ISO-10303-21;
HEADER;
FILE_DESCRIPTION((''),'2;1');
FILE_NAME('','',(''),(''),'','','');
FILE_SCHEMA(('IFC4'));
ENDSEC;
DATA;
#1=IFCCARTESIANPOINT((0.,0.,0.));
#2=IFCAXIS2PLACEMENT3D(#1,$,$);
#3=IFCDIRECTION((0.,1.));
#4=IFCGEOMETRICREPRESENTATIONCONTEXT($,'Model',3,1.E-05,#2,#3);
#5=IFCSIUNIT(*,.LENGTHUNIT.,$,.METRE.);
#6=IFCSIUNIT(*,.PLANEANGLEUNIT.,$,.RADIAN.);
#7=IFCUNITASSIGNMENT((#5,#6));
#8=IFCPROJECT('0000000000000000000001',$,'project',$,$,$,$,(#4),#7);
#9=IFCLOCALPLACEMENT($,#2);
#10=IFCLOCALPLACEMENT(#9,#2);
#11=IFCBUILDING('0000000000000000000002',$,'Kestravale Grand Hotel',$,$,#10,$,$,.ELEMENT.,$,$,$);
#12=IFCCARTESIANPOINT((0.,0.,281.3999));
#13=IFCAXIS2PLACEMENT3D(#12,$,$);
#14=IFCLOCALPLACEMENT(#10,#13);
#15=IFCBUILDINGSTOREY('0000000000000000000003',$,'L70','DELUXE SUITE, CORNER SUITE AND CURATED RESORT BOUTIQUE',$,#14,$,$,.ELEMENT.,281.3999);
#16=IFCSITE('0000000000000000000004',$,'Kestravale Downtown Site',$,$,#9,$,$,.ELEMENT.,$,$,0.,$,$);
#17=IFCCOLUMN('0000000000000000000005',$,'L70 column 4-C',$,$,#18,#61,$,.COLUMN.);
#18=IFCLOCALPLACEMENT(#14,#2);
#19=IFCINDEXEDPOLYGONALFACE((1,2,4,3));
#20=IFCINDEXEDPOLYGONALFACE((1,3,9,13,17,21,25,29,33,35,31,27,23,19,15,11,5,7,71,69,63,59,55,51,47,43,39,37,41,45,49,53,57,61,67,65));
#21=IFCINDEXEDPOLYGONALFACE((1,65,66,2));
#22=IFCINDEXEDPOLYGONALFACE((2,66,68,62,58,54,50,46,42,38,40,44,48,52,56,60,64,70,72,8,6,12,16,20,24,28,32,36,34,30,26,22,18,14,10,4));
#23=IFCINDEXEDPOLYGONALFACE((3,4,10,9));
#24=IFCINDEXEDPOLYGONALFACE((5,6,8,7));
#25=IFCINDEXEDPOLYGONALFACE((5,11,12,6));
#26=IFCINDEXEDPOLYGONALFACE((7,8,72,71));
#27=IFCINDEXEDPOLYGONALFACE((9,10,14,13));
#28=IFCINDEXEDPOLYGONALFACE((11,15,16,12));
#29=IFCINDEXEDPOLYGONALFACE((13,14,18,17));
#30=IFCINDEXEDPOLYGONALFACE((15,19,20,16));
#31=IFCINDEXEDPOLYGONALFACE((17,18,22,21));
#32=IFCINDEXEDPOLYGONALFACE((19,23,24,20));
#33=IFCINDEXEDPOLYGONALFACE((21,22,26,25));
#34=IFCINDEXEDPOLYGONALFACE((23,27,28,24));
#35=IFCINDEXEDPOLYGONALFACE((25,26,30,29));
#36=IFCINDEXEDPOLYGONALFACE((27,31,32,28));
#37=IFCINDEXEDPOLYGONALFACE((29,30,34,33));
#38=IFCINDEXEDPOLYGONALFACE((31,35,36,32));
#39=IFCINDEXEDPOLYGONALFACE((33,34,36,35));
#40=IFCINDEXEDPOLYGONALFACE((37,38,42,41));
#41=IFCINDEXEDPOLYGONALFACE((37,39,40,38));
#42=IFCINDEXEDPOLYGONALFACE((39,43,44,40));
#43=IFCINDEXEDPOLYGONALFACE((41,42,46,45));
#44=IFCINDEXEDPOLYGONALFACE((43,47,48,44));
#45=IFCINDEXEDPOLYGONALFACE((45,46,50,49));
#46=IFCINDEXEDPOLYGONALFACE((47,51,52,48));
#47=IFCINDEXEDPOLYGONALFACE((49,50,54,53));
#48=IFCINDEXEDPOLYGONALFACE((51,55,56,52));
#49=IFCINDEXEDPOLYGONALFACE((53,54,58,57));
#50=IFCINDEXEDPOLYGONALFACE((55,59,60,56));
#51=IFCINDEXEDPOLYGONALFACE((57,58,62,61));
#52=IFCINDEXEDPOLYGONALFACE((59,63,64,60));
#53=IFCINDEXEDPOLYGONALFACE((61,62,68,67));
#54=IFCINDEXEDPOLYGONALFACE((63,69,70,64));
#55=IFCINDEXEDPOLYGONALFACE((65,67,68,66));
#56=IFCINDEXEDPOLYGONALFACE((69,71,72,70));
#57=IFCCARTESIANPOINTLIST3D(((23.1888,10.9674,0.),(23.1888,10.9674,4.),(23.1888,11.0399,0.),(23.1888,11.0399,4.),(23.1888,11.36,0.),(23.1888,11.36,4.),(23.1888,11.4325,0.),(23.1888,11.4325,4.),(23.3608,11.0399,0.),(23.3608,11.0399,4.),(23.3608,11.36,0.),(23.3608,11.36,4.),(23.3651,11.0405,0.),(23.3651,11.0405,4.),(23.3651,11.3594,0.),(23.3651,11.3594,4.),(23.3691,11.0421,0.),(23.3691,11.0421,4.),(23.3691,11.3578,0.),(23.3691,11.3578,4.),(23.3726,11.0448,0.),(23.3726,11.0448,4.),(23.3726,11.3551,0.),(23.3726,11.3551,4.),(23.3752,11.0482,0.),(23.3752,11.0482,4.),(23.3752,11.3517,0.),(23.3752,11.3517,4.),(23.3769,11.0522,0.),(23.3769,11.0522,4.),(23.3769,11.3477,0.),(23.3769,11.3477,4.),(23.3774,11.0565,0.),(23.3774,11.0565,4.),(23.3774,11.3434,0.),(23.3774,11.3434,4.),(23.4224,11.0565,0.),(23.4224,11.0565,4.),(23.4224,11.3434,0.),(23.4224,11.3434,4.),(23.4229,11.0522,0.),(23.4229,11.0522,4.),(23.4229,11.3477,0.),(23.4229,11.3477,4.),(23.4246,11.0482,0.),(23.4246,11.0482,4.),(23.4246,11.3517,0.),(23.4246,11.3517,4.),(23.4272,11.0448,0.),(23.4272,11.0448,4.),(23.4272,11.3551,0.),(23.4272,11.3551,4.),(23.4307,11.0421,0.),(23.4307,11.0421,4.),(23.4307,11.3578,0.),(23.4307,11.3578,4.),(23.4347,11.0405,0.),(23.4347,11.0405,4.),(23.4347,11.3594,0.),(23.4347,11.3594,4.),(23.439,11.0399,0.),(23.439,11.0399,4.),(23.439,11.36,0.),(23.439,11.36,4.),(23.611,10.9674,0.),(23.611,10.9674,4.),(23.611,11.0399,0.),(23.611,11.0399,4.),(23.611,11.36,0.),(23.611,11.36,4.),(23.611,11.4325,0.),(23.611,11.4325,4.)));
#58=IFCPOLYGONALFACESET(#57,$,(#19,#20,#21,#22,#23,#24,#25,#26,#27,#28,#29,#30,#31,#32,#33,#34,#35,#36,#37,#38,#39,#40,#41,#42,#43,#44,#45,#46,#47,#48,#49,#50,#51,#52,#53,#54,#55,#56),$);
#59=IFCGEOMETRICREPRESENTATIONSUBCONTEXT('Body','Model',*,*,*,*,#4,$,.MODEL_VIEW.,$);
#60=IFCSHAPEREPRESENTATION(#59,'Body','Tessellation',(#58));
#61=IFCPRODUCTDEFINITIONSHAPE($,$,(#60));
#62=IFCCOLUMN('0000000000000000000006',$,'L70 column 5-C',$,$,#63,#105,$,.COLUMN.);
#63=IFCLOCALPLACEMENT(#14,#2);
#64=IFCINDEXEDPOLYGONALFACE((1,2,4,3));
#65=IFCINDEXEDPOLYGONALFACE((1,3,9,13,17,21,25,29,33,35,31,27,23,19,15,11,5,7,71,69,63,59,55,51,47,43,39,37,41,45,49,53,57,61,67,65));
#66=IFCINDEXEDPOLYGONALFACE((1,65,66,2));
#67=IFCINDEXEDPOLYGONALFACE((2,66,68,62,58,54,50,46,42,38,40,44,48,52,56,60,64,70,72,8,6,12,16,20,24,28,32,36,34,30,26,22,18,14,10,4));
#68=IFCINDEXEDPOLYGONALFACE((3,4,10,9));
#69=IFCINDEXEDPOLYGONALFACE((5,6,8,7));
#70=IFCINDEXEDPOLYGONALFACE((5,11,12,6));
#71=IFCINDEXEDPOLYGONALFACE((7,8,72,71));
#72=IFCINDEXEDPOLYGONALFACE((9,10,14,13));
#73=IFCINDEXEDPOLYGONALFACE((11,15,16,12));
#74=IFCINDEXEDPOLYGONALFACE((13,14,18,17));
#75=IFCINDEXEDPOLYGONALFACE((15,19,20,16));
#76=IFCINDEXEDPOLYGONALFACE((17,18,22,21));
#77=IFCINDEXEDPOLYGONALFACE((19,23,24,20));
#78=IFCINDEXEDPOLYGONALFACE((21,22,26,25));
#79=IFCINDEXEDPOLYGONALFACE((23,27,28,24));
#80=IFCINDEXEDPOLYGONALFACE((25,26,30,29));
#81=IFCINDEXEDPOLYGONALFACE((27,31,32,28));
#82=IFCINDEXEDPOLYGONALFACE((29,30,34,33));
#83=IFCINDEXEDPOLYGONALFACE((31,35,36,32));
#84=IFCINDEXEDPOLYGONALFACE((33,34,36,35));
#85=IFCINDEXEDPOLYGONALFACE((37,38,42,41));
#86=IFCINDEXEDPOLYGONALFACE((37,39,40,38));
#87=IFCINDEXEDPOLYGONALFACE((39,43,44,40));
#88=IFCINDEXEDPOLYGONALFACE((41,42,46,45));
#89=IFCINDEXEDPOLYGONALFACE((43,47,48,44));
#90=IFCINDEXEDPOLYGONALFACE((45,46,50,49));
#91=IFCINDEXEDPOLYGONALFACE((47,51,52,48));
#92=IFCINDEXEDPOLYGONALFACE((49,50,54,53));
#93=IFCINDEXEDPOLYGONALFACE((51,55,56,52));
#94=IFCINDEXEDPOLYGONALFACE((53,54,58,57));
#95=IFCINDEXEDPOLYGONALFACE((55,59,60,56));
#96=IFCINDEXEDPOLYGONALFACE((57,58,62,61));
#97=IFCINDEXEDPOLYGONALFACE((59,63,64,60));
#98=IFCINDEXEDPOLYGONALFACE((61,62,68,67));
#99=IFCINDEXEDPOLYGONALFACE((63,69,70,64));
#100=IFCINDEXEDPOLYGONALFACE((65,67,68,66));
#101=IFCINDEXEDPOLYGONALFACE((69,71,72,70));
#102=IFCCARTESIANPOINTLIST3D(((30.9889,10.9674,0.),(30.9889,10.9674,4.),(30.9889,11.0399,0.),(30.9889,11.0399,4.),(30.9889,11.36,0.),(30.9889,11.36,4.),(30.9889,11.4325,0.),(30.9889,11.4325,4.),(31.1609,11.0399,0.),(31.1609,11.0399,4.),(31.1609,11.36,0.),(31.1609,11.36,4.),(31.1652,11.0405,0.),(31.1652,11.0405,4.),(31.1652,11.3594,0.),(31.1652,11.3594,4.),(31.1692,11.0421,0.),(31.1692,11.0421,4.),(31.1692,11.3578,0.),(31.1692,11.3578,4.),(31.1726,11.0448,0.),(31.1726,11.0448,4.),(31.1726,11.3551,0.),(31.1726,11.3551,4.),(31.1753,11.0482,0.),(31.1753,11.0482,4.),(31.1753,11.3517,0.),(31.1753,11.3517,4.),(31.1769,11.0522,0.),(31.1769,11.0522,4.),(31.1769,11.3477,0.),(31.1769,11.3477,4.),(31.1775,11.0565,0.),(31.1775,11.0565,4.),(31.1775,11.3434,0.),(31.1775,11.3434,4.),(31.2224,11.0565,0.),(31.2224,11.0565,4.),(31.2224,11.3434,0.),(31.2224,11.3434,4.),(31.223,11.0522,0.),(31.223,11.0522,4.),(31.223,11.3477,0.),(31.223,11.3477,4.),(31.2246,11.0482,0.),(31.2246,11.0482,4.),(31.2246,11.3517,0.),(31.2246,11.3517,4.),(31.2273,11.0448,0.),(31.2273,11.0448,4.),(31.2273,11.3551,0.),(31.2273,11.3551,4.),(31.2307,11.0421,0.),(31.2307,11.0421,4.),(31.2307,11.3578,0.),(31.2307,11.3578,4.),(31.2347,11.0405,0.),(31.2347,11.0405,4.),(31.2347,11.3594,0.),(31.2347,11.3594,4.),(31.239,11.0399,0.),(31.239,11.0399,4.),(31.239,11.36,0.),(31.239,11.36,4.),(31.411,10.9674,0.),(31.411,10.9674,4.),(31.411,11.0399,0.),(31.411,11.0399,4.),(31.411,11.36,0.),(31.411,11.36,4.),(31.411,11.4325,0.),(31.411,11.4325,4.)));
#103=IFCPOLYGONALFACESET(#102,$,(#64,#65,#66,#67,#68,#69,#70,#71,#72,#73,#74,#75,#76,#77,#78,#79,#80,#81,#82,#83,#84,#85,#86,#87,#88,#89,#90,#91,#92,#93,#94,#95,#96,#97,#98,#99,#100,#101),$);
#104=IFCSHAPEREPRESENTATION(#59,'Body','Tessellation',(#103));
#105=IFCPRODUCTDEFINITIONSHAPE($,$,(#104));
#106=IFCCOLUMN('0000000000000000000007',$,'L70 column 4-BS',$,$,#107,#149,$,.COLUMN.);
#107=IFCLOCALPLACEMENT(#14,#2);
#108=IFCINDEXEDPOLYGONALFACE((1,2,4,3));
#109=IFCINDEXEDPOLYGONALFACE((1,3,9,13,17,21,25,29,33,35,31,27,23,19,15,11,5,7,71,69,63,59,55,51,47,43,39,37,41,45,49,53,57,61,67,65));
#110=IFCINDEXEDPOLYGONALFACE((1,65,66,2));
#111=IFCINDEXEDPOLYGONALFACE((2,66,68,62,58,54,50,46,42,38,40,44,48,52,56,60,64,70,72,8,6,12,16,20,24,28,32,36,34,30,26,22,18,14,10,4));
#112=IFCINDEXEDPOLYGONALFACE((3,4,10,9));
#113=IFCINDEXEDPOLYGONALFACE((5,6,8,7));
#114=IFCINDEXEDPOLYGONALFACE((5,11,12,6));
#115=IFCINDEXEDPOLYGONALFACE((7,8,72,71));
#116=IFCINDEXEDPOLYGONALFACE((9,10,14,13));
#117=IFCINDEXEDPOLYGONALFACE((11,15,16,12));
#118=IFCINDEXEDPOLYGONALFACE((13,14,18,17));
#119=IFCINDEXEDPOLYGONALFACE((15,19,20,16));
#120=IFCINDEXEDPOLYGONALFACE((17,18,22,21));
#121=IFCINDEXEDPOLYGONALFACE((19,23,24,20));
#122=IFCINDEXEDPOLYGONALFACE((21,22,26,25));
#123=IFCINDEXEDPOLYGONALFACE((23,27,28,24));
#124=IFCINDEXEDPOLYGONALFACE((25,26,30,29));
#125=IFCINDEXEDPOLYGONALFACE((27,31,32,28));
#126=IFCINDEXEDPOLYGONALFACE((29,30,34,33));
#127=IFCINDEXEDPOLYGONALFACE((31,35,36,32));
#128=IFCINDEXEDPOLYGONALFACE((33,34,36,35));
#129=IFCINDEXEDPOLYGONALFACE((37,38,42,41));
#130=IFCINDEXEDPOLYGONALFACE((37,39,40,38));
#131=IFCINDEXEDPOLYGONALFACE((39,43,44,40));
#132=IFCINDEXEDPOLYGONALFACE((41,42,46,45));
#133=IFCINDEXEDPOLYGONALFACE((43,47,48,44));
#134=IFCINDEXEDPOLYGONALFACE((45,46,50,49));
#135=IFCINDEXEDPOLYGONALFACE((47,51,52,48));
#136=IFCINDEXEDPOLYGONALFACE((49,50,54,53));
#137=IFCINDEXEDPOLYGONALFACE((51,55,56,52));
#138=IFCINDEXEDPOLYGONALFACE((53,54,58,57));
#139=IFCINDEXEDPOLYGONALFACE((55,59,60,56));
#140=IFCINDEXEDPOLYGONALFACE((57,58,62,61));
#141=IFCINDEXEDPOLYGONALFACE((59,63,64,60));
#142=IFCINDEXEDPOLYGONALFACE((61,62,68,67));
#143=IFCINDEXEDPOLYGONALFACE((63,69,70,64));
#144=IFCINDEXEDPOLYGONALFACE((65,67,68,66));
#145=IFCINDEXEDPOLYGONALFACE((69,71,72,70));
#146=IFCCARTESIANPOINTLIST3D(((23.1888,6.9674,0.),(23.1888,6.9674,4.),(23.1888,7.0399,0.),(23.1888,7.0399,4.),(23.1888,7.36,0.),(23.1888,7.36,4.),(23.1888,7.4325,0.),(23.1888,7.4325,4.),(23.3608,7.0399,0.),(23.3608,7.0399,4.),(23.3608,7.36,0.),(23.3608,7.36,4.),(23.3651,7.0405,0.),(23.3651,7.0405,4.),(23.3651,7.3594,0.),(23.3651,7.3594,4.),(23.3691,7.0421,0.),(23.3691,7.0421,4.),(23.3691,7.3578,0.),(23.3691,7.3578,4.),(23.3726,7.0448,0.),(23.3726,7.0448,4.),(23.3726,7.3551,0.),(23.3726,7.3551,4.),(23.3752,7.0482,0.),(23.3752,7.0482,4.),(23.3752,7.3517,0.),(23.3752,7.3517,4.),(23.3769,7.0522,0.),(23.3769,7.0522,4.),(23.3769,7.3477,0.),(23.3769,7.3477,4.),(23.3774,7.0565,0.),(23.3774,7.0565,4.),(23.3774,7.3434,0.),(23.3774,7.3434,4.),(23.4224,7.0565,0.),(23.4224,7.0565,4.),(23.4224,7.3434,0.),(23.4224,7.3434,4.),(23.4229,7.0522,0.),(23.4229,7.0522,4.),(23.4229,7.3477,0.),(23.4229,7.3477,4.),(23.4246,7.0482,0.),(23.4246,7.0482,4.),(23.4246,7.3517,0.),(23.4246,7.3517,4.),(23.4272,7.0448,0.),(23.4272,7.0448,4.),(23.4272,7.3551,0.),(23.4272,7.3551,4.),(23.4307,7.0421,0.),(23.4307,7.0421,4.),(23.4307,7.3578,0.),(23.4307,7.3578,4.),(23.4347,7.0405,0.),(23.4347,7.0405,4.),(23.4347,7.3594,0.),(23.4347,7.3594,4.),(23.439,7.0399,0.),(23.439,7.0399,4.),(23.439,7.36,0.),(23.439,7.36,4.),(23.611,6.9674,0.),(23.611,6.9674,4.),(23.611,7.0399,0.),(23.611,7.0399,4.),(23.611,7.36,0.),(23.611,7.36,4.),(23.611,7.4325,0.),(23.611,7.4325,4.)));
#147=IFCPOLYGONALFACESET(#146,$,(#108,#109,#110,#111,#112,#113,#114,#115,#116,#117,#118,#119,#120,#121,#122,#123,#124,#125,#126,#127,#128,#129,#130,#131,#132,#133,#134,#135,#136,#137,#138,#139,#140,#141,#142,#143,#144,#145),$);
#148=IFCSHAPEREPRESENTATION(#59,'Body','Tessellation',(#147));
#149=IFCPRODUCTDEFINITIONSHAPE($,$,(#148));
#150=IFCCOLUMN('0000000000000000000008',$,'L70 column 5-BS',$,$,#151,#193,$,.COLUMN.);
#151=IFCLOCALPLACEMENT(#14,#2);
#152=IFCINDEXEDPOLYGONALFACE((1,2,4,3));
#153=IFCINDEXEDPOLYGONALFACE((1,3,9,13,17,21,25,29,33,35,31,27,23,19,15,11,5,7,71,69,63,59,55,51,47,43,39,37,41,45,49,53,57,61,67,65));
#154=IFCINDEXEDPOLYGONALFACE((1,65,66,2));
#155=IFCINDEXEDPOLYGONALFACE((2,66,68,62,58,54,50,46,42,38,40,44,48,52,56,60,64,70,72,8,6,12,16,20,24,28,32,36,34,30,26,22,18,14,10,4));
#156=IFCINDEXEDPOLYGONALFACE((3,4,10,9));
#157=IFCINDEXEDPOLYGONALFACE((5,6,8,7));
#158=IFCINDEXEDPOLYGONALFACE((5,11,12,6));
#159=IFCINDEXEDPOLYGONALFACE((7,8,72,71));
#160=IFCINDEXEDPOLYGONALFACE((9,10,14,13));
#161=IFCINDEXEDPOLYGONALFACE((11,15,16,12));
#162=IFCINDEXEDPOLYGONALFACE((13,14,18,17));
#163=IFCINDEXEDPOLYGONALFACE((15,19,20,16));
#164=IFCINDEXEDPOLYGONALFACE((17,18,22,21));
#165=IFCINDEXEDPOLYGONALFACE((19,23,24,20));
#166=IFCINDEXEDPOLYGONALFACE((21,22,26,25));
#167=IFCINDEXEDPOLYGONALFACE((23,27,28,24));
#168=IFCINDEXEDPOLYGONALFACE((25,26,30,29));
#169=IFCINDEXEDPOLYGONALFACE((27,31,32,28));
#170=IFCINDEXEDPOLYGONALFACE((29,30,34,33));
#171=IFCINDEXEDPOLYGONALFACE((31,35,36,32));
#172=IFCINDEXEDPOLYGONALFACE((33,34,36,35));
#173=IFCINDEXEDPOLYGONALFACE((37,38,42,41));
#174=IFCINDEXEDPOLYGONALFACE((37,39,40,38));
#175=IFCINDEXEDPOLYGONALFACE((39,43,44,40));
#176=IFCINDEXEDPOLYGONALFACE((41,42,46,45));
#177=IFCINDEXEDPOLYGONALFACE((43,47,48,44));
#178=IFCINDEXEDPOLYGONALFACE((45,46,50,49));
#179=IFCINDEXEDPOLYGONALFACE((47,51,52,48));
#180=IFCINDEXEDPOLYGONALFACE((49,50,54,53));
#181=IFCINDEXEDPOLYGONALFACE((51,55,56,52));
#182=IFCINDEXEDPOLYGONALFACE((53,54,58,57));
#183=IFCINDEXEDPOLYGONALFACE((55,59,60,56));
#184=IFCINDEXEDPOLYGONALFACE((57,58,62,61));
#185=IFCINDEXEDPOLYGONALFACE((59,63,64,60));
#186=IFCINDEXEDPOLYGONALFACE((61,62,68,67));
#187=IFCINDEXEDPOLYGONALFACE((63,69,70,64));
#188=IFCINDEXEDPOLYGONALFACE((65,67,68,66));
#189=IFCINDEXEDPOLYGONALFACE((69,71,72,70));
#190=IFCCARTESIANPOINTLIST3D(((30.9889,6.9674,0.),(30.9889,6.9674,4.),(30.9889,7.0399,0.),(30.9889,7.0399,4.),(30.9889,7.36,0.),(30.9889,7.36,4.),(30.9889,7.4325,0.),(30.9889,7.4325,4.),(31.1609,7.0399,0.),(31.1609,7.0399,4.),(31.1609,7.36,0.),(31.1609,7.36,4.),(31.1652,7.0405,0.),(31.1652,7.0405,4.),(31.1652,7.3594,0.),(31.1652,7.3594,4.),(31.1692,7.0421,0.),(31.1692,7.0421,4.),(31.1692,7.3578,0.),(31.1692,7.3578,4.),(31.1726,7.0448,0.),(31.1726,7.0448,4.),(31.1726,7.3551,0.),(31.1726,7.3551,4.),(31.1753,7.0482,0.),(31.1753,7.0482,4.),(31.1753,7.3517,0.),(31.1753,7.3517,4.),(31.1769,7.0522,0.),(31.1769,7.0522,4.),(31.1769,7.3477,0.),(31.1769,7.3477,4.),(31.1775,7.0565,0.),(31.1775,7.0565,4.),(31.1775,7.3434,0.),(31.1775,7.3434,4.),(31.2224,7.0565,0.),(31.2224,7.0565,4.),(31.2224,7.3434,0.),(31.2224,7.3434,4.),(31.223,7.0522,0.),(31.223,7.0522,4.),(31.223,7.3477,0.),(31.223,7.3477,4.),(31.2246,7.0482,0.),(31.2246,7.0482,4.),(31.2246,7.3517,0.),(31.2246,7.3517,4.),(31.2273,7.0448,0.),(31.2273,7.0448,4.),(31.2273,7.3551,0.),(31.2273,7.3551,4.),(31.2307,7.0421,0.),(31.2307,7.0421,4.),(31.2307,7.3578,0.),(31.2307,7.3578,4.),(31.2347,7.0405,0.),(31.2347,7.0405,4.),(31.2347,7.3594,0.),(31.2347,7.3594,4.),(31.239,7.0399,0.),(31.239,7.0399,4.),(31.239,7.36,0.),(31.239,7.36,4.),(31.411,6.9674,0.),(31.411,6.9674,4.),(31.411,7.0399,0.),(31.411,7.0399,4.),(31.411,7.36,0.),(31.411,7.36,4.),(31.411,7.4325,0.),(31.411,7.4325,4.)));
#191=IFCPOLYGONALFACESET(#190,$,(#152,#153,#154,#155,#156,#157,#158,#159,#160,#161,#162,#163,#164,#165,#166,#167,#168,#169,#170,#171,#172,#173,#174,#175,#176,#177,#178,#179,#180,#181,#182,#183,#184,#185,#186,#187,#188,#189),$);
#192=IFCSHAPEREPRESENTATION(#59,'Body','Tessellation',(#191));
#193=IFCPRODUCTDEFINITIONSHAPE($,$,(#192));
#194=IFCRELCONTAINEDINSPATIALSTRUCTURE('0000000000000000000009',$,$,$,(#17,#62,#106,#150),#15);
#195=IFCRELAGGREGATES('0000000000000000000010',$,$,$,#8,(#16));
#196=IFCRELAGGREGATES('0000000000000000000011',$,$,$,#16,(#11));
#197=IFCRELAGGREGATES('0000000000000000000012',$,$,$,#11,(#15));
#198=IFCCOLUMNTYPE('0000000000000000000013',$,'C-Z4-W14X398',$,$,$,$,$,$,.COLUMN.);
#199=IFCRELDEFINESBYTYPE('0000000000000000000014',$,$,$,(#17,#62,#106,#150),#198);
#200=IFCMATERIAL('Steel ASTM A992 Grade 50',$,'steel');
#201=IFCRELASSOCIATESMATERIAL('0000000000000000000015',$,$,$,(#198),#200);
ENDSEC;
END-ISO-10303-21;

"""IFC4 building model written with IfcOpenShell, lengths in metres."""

from ifc_helpers import new_model, si_unit, direction, frame, origin, origin_2d, place, context, subcontext, project, spatial, i_section, extrude, material, material_profile, profile_set, type_object, element, save


model = new_model("IFC4")

# Units and contexts
model_context = context("Model", 3, precision=1e-05, world=origin(), true_north=direction((0.0, 1.0)))
body_context = subcontext(model_context, "Body", "Model", "MODEL_VIEW")
ifc_project = project(units=[si_unit("LENGTHUNIT", "METRE"), si_unit("PLANEANGLEUNIT", "RADIAN")], contexts=[model_context])

# Site, building, storey
site_placement = place(None, origin())
site = spatial("IfcSite", under=ifc_project, at=site_placement, Name="Kestravale Downtown Site", CompositionType="ELEMENT", RefElevation=0.0)
building_placement = place(site_placement, origin())
building = spatial("IfcBuilding", under=site, at=building_placement, Name="Kestravale Grand Hotel", CompositionType="ELEMENT")
storey_placement = place(building_placement, frame((0.0, 0.0, 281.3999)))
storey = spatial("IfcBuildingStorey", under=building, at=storey_placement, Name="L70", Description="DELUXE SUITE, CORNER SUITE AND CURATED RESORT BOUTIQUE", CompositionType="ELEMENT", Elevation=281.3999)

# Columns
ifc_material_1 = material(Name="Steel ASTM A992 Grade 50", Category="steel")
ifc_material_profile_1 = material_profile(ifc_material_1, i_section(OverallWidth=0.4221, OverallDepth=0.4651, WebThickness=0.0449, FlangeThickness=0.0725, FilletRadius=0.0166, at=origin_2d()))
ifc_profile_set_1 = profile_set([ifc_material_profile_1], Name="Steel ASTM A992 Grade 50")
column_type = type_object("IfcColumnType", Name="C-Z4-W14X398", PredefinedType="COLUMN", material=ifc_profile_set_1)
for number, where, z_axis, x_axis, name in (
    (1, (23.3999, 11.2, 0.0), (0.0, 0.0, 1.0), (1.0, 0.0, 0.0), "L70 column 4-C"),
    (2, (31.2, 11.2, 0.0), (0.0, 0.0, 1.0), (1.0, 0.0, 0.0), "L70 column 5-C"),
    (3, (23.3999, 7.2, 0.0), (0.0, 0.0, 1.0), (1.0, 0.0, 0.0), "L70 column 4-BS"),
    (4, (31.2, 7.2, 0.0), (0.0, 0.0, 1.0), (1.0, 0.0, 0.0), "L70 column 5-BS"),
):
    element("IfcColumn", number, at=place(storey_placement, frame(where, z_axis=z_axis, x_axis=x_axis)), inside=storey, type_object=column_type, Name=name, PredefinedType="COLUMN", context=body_context, shape_type="SweptSolid", body=[
        extrude(i_section(OverallWidth=0.4221, OverallDepth=0.4651, WebThickness=0.0449, FlangeThickness=0.0725, FilletRadius=0.0166, at=origin_2d()), origin(), (0.0, 0.0, 1.0), 4.0),
    ])

save(model, "model.ifc")
